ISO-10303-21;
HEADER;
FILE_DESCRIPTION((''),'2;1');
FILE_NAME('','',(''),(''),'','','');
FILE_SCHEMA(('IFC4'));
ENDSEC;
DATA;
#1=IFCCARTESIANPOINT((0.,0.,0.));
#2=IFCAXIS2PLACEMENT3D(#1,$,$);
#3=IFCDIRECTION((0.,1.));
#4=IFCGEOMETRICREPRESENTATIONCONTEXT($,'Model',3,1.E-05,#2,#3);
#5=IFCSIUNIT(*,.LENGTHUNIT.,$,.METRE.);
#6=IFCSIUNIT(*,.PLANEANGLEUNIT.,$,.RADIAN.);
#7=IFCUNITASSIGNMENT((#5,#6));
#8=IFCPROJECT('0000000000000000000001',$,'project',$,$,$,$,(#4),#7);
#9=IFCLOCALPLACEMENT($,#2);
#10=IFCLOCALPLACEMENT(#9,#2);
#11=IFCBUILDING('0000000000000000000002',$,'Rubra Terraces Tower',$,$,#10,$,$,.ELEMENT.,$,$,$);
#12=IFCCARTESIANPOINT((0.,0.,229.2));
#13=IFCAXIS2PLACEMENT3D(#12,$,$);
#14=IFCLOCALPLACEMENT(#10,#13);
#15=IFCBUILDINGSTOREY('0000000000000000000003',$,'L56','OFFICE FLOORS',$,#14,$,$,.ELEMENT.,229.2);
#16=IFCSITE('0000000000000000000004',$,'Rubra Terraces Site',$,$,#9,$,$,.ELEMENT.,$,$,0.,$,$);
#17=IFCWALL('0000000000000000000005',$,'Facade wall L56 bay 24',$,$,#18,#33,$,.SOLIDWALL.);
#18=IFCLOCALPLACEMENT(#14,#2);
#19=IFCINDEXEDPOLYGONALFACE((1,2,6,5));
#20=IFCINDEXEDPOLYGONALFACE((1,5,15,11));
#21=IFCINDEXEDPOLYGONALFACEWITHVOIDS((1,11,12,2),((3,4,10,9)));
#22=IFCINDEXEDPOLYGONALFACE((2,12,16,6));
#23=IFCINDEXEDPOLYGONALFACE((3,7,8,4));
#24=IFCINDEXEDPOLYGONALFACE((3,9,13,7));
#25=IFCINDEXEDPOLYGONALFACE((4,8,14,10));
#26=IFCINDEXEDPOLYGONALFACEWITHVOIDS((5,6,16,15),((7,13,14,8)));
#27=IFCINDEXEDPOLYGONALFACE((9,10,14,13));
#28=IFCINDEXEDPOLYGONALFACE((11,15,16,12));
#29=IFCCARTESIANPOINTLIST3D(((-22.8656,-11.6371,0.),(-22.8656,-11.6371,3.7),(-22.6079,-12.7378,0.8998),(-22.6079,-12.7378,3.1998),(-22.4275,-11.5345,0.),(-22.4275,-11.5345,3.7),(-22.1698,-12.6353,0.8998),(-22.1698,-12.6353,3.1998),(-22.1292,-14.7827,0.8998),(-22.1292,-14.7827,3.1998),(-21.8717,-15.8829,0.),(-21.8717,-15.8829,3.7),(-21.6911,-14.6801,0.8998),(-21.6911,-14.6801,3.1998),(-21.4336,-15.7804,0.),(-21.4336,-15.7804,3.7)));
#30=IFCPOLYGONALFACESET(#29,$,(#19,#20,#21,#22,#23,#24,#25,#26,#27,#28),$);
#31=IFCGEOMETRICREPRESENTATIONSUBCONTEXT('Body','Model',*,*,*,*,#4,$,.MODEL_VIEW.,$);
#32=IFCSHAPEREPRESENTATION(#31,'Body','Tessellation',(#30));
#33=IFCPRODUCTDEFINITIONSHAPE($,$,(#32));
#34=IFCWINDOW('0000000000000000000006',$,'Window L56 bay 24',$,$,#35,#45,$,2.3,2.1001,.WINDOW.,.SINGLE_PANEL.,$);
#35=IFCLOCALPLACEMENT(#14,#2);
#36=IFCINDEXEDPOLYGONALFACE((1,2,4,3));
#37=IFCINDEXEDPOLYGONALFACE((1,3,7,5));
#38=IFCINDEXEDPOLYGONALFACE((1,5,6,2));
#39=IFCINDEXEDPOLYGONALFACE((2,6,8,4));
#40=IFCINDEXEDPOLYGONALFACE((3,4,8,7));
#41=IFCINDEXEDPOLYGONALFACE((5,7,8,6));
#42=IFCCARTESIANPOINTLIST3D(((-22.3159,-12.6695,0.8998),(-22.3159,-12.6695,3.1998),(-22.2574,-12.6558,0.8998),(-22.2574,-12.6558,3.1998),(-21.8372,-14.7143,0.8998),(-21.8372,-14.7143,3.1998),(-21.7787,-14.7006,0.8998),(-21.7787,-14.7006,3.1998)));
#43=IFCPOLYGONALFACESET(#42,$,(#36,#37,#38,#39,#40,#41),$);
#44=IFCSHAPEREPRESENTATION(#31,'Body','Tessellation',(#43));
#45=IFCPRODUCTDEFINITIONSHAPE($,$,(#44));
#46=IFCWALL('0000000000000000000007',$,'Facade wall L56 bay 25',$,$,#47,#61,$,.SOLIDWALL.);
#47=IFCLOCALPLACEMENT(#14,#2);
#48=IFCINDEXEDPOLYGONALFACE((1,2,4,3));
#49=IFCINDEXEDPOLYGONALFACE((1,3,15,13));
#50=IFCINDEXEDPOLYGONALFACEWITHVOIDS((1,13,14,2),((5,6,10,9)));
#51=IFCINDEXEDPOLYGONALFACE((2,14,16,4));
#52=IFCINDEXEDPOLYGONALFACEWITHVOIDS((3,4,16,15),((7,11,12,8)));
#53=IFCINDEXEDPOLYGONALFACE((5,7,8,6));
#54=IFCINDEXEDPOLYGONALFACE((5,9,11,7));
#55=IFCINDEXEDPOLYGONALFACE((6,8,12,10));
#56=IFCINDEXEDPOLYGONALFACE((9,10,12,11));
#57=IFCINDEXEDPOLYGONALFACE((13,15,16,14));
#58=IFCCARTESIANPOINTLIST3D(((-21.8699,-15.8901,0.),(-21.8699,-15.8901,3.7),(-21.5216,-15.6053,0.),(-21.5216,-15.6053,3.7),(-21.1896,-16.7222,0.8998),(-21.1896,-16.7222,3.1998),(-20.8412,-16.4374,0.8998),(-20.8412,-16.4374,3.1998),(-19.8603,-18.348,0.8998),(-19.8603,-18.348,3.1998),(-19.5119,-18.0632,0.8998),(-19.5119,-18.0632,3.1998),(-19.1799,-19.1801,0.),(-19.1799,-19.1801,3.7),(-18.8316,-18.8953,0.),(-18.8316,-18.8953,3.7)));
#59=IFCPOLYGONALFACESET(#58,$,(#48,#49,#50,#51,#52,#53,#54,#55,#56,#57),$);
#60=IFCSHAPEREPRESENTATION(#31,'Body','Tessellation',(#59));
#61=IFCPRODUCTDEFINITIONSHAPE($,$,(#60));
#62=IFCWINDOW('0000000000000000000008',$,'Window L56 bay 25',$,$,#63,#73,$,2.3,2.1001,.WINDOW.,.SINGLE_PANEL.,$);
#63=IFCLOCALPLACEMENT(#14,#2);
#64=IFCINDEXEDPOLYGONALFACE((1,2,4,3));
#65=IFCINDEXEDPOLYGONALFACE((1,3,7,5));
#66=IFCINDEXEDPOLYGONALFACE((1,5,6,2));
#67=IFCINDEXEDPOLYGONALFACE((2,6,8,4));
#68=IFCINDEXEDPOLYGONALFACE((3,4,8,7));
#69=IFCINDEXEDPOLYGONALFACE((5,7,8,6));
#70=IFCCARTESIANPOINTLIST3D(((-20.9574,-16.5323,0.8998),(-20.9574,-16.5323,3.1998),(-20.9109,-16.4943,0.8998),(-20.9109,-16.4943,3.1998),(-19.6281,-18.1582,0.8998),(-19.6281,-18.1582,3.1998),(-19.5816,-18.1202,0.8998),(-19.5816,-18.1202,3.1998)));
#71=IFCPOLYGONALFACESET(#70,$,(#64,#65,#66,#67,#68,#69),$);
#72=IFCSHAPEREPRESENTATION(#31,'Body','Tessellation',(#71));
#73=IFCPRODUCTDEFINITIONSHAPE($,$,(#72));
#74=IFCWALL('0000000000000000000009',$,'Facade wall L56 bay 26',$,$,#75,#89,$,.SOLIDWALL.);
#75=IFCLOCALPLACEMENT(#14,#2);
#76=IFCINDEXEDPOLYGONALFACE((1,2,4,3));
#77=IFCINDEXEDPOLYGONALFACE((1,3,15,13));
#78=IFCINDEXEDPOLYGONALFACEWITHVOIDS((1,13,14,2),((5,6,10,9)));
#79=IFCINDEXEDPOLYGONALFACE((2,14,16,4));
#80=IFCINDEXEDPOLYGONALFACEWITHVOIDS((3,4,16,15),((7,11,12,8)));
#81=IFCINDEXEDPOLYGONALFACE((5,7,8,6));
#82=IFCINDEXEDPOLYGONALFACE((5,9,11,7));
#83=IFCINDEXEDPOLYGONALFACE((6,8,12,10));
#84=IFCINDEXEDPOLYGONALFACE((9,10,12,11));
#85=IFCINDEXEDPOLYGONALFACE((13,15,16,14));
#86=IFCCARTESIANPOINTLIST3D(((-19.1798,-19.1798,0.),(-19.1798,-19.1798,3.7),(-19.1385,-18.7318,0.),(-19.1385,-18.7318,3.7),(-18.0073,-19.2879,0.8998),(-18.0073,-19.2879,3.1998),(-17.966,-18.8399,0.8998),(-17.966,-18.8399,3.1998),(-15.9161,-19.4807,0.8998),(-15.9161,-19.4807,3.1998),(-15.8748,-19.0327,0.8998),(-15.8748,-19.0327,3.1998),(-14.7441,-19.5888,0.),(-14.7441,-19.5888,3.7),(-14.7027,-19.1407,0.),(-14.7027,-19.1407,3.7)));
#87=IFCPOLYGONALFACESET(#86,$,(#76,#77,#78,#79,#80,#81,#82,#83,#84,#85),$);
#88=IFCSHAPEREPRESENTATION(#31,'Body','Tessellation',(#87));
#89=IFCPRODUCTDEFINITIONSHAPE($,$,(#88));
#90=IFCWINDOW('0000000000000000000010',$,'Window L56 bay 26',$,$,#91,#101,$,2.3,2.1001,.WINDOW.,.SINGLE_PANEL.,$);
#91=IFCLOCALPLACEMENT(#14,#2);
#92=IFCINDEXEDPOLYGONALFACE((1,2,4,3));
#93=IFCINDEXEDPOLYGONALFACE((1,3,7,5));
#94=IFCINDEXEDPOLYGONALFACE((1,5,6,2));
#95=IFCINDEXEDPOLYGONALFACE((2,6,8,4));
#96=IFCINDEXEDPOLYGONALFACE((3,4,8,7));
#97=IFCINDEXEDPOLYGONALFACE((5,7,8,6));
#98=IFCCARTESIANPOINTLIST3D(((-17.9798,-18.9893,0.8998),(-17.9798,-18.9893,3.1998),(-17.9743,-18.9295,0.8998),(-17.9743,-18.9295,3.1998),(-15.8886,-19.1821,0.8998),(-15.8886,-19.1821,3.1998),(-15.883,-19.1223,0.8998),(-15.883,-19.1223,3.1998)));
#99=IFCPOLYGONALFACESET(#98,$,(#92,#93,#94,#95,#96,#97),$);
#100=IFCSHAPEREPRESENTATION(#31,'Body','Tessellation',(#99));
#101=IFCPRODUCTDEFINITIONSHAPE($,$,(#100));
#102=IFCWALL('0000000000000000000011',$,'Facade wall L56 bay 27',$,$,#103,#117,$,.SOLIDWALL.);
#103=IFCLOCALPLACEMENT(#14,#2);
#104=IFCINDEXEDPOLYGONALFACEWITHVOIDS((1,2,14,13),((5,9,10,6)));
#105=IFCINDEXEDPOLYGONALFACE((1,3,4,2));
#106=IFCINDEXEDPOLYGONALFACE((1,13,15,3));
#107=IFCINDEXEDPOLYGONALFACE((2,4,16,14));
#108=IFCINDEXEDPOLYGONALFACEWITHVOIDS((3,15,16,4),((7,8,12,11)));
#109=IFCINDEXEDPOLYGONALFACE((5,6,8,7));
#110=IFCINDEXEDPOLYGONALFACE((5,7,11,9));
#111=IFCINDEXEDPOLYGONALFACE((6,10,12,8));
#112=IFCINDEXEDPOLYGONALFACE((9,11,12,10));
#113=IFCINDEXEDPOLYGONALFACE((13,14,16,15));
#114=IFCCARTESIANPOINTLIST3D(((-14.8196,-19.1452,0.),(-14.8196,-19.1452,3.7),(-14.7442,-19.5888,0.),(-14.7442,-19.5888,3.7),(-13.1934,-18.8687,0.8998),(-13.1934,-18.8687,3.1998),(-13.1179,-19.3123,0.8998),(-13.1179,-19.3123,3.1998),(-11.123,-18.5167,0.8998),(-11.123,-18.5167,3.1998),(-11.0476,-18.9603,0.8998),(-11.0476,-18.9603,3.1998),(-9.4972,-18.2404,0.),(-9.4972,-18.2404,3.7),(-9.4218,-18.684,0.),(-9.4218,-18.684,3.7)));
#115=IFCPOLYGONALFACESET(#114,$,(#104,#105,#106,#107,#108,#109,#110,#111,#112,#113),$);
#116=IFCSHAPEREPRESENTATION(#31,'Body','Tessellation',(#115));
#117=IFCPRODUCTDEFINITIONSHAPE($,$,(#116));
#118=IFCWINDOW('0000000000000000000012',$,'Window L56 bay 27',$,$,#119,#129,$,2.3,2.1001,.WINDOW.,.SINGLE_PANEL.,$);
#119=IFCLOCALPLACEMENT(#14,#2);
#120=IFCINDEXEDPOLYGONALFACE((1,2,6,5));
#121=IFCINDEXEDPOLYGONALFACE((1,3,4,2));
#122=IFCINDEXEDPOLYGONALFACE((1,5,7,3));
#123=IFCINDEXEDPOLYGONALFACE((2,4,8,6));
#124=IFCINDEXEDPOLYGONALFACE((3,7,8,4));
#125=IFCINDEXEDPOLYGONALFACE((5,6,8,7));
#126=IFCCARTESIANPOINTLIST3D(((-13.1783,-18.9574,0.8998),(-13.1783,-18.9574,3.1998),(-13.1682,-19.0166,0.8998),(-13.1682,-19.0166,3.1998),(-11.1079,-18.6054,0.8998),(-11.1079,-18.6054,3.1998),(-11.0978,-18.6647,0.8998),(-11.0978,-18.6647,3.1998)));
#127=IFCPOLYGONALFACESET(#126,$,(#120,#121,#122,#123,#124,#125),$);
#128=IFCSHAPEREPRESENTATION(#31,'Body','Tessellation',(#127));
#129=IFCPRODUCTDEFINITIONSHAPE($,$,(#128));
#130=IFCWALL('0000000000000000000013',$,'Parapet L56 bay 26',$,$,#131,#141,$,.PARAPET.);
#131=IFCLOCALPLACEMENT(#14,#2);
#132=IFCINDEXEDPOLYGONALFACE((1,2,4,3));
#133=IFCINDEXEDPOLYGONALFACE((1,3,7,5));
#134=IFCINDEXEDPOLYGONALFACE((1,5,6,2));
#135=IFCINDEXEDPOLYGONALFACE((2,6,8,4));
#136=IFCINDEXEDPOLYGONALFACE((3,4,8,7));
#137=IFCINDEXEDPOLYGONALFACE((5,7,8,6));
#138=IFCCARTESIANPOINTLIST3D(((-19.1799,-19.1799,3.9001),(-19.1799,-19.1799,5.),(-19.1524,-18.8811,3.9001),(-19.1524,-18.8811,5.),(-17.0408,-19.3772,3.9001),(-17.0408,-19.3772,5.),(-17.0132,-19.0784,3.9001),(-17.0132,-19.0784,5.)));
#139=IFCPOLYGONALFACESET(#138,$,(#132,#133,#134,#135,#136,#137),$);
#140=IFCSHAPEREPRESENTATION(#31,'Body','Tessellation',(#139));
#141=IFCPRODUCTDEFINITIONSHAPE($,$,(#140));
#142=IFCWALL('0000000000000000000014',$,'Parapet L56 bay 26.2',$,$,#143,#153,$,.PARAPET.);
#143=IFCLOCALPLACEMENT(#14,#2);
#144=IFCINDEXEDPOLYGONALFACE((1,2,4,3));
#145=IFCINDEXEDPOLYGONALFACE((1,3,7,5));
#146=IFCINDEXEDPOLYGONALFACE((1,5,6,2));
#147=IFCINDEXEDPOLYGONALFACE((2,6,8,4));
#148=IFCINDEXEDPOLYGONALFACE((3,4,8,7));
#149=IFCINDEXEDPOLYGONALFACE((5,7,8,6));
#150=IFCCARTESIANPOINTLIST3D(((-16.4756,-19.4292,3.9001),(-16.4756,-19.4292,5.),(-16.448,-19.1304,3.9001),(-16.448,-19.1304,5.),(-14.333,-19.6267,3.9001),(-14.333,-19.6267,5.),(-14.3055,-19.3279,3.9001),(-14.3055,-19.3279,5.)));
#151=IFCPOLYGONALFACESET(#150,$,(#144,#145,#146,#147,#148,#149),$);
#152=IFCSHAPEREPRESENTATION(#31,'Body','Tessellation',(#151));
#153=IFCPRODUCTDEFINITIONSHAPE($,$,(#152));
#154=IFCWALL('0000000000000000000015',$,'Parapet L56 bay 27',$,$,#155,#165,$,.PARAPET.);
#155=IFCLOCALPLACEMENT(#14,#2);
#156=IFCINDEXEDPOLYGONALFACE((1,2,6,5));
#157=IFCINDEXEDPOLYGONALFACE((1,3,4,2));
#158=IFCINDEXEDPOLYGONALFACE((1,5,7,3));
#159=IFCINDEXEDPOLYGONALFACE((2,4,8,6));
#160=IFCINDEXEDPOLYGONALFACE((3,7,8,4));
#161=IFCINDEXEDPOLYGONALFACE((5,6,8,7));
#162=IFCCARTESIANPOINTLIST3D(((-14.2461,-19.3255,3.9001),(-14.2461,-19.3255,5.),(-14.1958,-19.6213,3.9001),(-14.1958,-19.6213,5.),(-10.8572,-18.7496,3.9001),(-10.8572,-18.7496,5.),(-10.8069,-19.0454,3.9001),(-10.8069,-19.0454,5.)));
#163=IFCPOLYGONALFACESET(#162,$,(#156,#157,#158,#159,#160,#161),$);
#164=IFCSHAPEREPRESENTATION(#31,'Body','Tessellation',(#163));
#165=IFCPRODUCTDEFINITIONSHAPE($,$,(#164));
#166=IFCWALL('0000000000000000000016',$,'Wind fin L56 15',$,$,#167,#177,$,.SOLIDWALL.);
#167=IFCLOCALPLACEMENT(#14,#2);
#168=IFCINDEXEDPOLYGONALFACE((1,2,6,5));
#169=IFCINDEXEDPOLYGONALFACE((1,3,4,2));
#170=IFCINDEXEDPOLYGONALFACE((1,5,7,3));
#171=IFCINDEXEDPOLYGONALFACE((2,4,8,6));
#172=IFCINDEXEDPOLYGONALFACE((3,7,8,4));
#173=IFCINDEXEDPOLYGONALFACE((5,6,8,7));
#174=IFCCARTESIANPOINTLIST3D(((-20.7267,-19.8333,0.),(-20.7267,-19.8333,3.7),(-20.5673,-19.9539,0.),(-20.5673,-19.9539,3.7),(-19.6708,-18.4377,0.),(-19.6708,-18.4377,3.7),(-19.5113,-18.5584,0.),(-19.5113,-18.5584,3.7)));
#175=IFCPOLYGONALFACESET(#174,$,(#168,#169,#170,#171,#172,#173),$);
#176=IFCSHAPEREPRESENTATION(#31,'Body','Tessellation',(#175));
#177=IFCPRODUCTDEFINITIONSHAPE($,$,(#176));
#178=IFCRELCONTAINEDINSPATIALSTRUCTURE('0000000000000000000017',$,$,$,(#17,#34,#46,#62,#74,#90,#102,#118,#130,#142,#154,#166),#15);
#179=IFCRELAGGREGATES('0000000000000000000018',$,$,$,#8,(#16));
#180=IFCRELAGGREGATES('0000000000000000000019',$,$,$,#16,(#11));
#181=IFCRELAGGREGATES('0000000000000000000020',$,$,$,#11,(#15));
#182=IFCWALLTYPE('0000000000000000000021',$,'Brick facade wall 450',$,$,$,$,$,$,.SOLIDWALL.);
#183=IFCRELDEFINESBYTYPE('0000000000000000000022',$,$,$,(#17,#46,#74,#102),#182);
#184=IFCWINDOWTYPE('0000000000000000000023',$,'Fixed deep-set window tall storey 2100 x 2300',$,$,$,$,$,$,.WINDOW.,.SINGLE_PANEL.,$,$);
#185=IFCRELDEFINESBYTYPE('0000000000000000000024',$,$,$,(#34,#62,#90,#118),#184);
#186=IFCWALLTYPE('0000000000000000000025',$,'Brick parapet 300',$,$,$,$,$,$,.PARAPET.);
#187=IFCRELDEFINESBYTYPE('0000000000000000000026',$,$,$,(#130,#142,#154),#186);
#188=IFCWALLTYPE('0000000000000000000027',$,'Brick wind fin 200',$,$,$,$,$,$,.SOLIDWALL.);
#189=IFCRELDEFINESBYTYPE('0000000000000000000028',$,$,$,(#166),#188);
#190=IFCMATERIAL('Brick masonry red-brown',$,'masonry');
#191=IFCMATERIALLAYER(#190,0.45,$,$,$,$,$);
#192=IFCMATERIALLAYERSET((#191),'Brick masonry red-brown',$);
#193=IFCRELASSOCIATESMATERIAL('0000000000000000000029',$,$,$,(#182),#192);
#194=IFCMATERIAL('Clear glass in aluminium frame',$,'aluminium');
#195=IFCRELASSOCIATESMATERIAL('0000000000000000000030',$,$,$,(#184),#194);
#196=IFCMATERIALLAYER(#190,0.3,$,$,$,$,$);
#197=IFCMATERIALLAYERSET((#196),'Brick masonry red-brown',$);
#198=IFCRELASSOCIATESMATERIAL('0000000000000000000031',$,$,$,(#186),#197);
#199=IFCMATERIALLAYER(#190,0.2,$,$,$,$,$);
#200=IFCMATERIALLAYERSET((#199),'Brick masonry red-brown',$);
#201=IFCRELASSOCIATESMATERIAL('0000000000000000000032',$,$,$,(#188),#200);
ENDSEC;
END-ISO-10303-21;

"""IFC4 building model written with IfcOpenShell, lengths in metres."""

from ifc_helpers import new_model, si_unit, direction, frame, frame_2d, origin, place, context, subcontext, project, spatial, rectangle, extrude, material, layer, layer_set, type_object, element, fill, save


model = new_model("IFC4")

# Units and contexts
model_context = context("Model", 3, precision=1e-05, world=origin(), true_north=direction((0.0, 1.0)))
body_context = subcontext(model_context, "Body", "Model", "MODEL_VIEW")
ifc_project = project(units=[si_unit("LENGTHUNIT", "METRE"), si_unit("PLANEANGLEUNIT", "RADIAN")], contexts=[model_context])

# Site, building, storey
site_placement = place(None, origin())
site = spatial("IfcSite", under=ifc_project, at=site_placement, Name="Rubra Terraces Site", CompositionType="ELEMENT", RefElevation=0.0)
building_placement = place(site_placement, origin())
building = spatial("IfcBuilding", under=site, at=building_placement, Name="Rubra Terraces Tower", CompositionType="ELEMENT")
storey_placement = place(building_placement, frame((0.0, 0.0, 229.2)))
storey = spatial("IfcBuildingStorey", under=building, at=storey_placement, Name="L56", Description="OFFICE FLOORS", CompositionType="ELEMENT", Elevation=229.2)

# Walls, openings, windows
ifc_material_1 = material(Name="Brick masonry red-brown", Category="masonry")
ifc_layer_1 = layer(ifc_material_1, 0.45)
ifc_layer_set_1 = layer_set([ifc_layer_1], Name="Brick masonry red-brown")
wall_type_1 = type_object("IfcWallType", Name="Brick facade wall 450", PredefinedType="SOLIDWALL", material=ifc_layer_set_1)
wall_1_placement = place(storey_placement, frame((-22.6465, -11.5859, 0.0), z_axis=(0.0, 0.0, 1.0), x_axis=(0.227925, -0.973679, 0.0)))
wall_1 = element("IfcWall", 1, at=wall_1_placement, inside=storey, type_object=wall_type_1, Name="Facade wall L56 bay 24", PredefinedType="SOLIDWALL", context=body_context, shape_type="SweptSolid", body=[
    extrude(rectangle(XDim=4.3606, YDim=0.45, at=frame_2d((2.1802, 0.0))), origin(), (0.0, 0.0, 1.0), 3.7),
])
opening_1_placement = place(wall_1_placement, frame((1.1304, 0.0, 0.8999)))
opening_1 = element("IfcOpeningElement", 2, at=opening_1_placement, cuts=wall_1, PredefinedType="OPENING", context=body_context, shape_type="SweptSolid", body=[
    extrude(rectangle(XDim=2.1001, YDim=2.3, at=frame_2d((1.05, 1.1499))), frame((0.0, 0.2349, 0.0), z_axis=(0.0, -1.0, 0.0), x_axis=(1.0, 0.0, 0.0)), (0.0, 0.0, 1.0), 0.47),
])
ifc_material_2 = material(Name="Clear glass in aluminium frame", Category="aluminium")
window_type = type_object("IfcWindowType", Name="Fixed deep-set window tall storey 2100 x 2300", PartitioningType="SINGLE_PANEL", PredefinedType="WINDOW", material=ifc_material_2)
window_1_placement = place(opening_1_placement, origin())
window_1 = element("IfcWindow", 3, at=window_1_placement, inside=storey, type_object=window_type, Name="Window L56 bay 24", OverallHeight=2.3, OverallWidth=2.1001, PartitioningType="SINGLE_PANEL", PredefinedType="WINDOW", context=body_context, shape_type="SweptSolid", body=[
    extrude(rectangle(XDim=2.1001, YDim=2.3, at=frame_2d((1.05, 1.1499))), frame((0.0, 0.135, 0.0), z_axis=(0.0, -1.0, 0.0), x_axis=(1.0, 0.0, 0.0)), (0.0, 0.0, 1.0), 0.0601),
])
fill(opening_1, window_1)
wall_2_placement = place(storey_placement, frame((-21.6958, -15.7476, 0.0), z_axis=(0.0, 0.0, 1.0), x_axis=(0.632969, -0.774177, 0.0)))
wall_2 = element("IfcWall", 4, at=wall_2_placement, inside=storey, type_object=wall_type_1, Name="Facade wall L56 bay 25", PredefinedType="SOLIDWALL", context=body_context, shape_type="SweptSolid", body=[
    extrude(rectangle(XDim=4.2498, YDim=0.45, at=frame_2d((2.125, 0.0))), origin(), (0.0, 0.0, 1.0), 3.7),
])
opening_2_placement = place(wall_2_placement, frame((1.075, 0.0, 0.8999)))
opening_2 = element("IfcOpeningElement", 5, at=opening_2_placement, cuts=wall_2, PredefinedType="OPENING", context=body_context, shape_type="SweptSolid", body=[
    extrude(rectangle(XDim=2.1001, YDim=2.3, at=frame_2d((1.05, 1.1499))), frame((0.0, 0.2349, 0.0), z_axis=(0.0, -1.0, 0.0), x_axis=(1.0, 0.0, 0.0)), (0.0, 0.0, 1.0), 0.47),
])
window_2_placement = place(opening_2_placement, origin())
window_2 = element("IfcWindow", 6, at=window_2_placement, inside=storey, type_object=window_type, Name="Window L56 bay 25", OverallHeight=2.3, OverallWidth=2.1001, PartitioningType="SINGLE_PANEL", PredefinedType="WINDOW", context=body_context, shape_type="SweptSolid", body=[
    extrude(rectangle(XDim=2.1001, YDim=2.3, at=frame_2d((1.05, 1.1499))), frame((0.0, 0.135, 0.0), z_axis=(0.0, -1.0, 0.0), x_axis=(1.0, 0.0, 0.0)), (0.0, 0.0, 1.0), 0.0601),
])
fill(opening_2, window_2)
wall_3_placement = place(storey_placement, frame((-19.1592, -18.9558, 0.0), z_axis=(0.0, 0.0, 1.0), x_axis=(0.995777, -0.091801, 0.0)))
wall_3 = element("IfcWall", 7, at=wall_3_placement, inside=storey, type_object=wall_type_1, Name="Facade wall L56 bay 26", PredefinedType="SOLIDWALL", context=body_context, shape_type="SweptSolid", body=[
    extrude(rectangle(XDim=4.4546, YDim=0.45, at=frame_2d((2.2273, 0.0))), origin(), (0.0, 0.0, 1.0), 3.7),
])
opening_3_placement = place(wall_3_placement, frame((1.1775, 0.0, 0.8999)))
opening_3 = element("IfcOpeningElement", 8, at=opening_3_placement, cuts=wall_3, PredefinedType="OPENING", context=body_context, shape_type="SweptSolid", body=[
    extrude(rectangle(XDim=2.1001, YDim=2.3, at=frame_2d((1.05, 1.1499))), frame((0.0, 0.2349, 0.0), z_axis=(0.0, -1.0, 0.0), x_axis=(1.0, 0.0, 0.0)), (0.0, 0.0, 1.0), 0.47),
])
window_3_placement = place(opening_3_placement, origin())
window_3 = element("IfcWindow", 9, at=window_3_placement, inside=storey, type_object=window_type, Name="Window L56 bay 26", OverallHeight=2.3, OverallWidth=2.1001, PartitioningType="SINGLE_PANEL", PredefinedType="WINDOW", context=body_context, shape_type="SweptSolid", body=[
    extrude(rectangle(XDim=2.1001, YDim=2.3, at=frame_2d((1.05, 1.1499))), frame((0.0, 0.135, 0.0), z_axis=(0.0, -1.0, 0.0), x_axis=(1.0, 0.0, 0.0)), (0.0, 0.0, 1.0), 0.0601),
])
fill(opening_3, window_3)
wall_4_placement = place(storey_placement, frame((-14.7817, -19.3669, 0.0), z_axis=(0.0, 0.0, 1.0), x_axis=(0.985856, 0.167595, 0.0)))
wall_4 = element("IfcWall", 10, at=wall_4_placement, inside=storey, type_object=wall_type_1, Name="Facade wall L56 bay 27", PredefinedType="SOLIDWALL", context=body_context, shape_type="SweptSolid", body=[
    extrude(rectangle(XDim=5.3987, YDim=0.45, at=frame_2d((2.6992, 0.0))), origin(), (0.0, 0.0, 1.0), 3.7),
])
opening_4_placement = place(wall_4_placement, frame((1.6494, 0.0, 0.8999)))
opening_4 = element("IfcOpeningElement", 11, at=opening_4_placement, cuts=wall_4, PredefinedType="OPENING", context=body_context, shape_type="SweptSolid", body=[
    extrude(rectangle(XDim=2.1001, YDim=2.3, at=frame_2d((1.05, 1.1499))), frame((0.0, 0.2349, 0.0), z_axis=(0.0, -1.0, 0.0), x_axis=(1.0, 0.0, 0.0)), (0.0, 0.0, 1.0), 0.47),
])
window_4_placement = place(opening_4_placement, origin())
window_4 = element("IfcWindow", 12, at=window_4_placement, inside=storey, type_object=window_type, Name="Window L56 bay 27", OverallHeight=2.3, OverallWidth=2.1001, PartitioningType="SINGLE_PANEL", PredefinedType="WINDOW", context=body_context, shape_type="SweptSolid", body=[
    extrude(rectangle(XDim=2.1001, YDim=2.3, at=frame_2d((1.05, 1.1499))), frame((0.0, 0.135, 0.0), z_axis=(0.0, -1.0, 0.0), x_axis=(1.0, 0.0, 0.0)), (0.0, 0.0, 1.0), 0.0601),
])
fill(opening_4, window_4)

# Walls
ifc_layer_2 = layer(ifc_material_1, 0.3)
ifc_layer_set_2 = layer_set([ifc_layer_2], Name="Brick masonry red-brown")
wall_type_2 = type_object("IfcWallType", Name="Brick parapet 300", PredefinedType="PARAPET", material=ifc_layer_set_2)
wall_5_placement = place(storey_placement, frame((-19.1663, -19.0305, 3.9001), z_axis=(0.0, 0.0, 1.0), x_axis=(0.995775, -0.091827, 0.0)))
element("IfcWall", 13, at=wall_5_placement, inside=storey, type_object=wall_type_2, Name="Parapet L56 bay 26", PredefinedType="PARAPET", context=body_context, shape_type="SweptSolid", body=[
    extrude(rectangle(XDim=2.1482, YDim=0.3, at=frame_2d((1.0742, 0.0))), origin(), (0.0, 0.0, 1.0), 1.0999),
])
wall_6_placement = place(storey_placement, frame((-16.4617, -19.2798, 3.9001), z_axis=(0.0, 0.0, 1.0), x_axis=(0.995778, -0.091794, 0.0)))
element("IfcWall", 14, at=wall_6_placement, inside=storey, type_object=wall_type_2, Name="Parapet L56 bay 26.2", PredefinedType="PARAPET", context=body_context, shape_type="SweptSolid", body=[
    extrude(rectangle(XDim=2.1516, YDim=0.3, at=frame_2d((1.0757, 0.0))), origin(), (0.0, 0.0, 1.0), 1.0999),
])
wall_7_placement = place(storey_placement, frame((-14.2209, -19.4734, 3.9001), z_axis=(0.0, 0.0, 1.0), x_axis=(0.985865, 0.167542, 0.0)))
element("IfcWall", 15, at=wall_7_placement, inside=storey, type_object=wall_type_2, Name="Parapet L56 bay 27", PredefinedType="PARAPET", context=body_context, shape_type="SweptSolid", body=[
    extrude(rectangle(XDim=3.4375, YDim=0.3, at=frame_2d((1.7188, 0.0))), origin(), (0.0, 0.0, 1.0), 1.0999),
])
ifc_layer_3 = layer(ifc_material_1, 0.2)
ifc_layer_set_3 = layer_set([ifc_layer_3], Name="Brick masonry red-brown")
wall_type_3 = type_object("IfcWallType", Name="Brick wind fin 200", PredefinedType="SOLIDWALL", material=ifc_layer_set_3)
wall_8_placement = place(storey_placement, frame((-19.5911, -18.498, 0.0), z_axis=(0.0, 0.0, 1.0), x_axis=(-0.603388, -0.797448, 0.0)))
element("IfcWall", 16, at=wall_8_placement, inside=storey, type_object=wall_type_3, Name="Wind fin L56 15", PredefinedType="SOLIDWALL", context=body_context, shape_type="SweptSolid", body=[
    extrude(rectangle(XDim=1.75, YDim=0.2, at=frame_2d((0.875, 0.0))), origin(), (0.0, 0.0, 1.0), 3.7),
])

save(model, "model.ifc")
